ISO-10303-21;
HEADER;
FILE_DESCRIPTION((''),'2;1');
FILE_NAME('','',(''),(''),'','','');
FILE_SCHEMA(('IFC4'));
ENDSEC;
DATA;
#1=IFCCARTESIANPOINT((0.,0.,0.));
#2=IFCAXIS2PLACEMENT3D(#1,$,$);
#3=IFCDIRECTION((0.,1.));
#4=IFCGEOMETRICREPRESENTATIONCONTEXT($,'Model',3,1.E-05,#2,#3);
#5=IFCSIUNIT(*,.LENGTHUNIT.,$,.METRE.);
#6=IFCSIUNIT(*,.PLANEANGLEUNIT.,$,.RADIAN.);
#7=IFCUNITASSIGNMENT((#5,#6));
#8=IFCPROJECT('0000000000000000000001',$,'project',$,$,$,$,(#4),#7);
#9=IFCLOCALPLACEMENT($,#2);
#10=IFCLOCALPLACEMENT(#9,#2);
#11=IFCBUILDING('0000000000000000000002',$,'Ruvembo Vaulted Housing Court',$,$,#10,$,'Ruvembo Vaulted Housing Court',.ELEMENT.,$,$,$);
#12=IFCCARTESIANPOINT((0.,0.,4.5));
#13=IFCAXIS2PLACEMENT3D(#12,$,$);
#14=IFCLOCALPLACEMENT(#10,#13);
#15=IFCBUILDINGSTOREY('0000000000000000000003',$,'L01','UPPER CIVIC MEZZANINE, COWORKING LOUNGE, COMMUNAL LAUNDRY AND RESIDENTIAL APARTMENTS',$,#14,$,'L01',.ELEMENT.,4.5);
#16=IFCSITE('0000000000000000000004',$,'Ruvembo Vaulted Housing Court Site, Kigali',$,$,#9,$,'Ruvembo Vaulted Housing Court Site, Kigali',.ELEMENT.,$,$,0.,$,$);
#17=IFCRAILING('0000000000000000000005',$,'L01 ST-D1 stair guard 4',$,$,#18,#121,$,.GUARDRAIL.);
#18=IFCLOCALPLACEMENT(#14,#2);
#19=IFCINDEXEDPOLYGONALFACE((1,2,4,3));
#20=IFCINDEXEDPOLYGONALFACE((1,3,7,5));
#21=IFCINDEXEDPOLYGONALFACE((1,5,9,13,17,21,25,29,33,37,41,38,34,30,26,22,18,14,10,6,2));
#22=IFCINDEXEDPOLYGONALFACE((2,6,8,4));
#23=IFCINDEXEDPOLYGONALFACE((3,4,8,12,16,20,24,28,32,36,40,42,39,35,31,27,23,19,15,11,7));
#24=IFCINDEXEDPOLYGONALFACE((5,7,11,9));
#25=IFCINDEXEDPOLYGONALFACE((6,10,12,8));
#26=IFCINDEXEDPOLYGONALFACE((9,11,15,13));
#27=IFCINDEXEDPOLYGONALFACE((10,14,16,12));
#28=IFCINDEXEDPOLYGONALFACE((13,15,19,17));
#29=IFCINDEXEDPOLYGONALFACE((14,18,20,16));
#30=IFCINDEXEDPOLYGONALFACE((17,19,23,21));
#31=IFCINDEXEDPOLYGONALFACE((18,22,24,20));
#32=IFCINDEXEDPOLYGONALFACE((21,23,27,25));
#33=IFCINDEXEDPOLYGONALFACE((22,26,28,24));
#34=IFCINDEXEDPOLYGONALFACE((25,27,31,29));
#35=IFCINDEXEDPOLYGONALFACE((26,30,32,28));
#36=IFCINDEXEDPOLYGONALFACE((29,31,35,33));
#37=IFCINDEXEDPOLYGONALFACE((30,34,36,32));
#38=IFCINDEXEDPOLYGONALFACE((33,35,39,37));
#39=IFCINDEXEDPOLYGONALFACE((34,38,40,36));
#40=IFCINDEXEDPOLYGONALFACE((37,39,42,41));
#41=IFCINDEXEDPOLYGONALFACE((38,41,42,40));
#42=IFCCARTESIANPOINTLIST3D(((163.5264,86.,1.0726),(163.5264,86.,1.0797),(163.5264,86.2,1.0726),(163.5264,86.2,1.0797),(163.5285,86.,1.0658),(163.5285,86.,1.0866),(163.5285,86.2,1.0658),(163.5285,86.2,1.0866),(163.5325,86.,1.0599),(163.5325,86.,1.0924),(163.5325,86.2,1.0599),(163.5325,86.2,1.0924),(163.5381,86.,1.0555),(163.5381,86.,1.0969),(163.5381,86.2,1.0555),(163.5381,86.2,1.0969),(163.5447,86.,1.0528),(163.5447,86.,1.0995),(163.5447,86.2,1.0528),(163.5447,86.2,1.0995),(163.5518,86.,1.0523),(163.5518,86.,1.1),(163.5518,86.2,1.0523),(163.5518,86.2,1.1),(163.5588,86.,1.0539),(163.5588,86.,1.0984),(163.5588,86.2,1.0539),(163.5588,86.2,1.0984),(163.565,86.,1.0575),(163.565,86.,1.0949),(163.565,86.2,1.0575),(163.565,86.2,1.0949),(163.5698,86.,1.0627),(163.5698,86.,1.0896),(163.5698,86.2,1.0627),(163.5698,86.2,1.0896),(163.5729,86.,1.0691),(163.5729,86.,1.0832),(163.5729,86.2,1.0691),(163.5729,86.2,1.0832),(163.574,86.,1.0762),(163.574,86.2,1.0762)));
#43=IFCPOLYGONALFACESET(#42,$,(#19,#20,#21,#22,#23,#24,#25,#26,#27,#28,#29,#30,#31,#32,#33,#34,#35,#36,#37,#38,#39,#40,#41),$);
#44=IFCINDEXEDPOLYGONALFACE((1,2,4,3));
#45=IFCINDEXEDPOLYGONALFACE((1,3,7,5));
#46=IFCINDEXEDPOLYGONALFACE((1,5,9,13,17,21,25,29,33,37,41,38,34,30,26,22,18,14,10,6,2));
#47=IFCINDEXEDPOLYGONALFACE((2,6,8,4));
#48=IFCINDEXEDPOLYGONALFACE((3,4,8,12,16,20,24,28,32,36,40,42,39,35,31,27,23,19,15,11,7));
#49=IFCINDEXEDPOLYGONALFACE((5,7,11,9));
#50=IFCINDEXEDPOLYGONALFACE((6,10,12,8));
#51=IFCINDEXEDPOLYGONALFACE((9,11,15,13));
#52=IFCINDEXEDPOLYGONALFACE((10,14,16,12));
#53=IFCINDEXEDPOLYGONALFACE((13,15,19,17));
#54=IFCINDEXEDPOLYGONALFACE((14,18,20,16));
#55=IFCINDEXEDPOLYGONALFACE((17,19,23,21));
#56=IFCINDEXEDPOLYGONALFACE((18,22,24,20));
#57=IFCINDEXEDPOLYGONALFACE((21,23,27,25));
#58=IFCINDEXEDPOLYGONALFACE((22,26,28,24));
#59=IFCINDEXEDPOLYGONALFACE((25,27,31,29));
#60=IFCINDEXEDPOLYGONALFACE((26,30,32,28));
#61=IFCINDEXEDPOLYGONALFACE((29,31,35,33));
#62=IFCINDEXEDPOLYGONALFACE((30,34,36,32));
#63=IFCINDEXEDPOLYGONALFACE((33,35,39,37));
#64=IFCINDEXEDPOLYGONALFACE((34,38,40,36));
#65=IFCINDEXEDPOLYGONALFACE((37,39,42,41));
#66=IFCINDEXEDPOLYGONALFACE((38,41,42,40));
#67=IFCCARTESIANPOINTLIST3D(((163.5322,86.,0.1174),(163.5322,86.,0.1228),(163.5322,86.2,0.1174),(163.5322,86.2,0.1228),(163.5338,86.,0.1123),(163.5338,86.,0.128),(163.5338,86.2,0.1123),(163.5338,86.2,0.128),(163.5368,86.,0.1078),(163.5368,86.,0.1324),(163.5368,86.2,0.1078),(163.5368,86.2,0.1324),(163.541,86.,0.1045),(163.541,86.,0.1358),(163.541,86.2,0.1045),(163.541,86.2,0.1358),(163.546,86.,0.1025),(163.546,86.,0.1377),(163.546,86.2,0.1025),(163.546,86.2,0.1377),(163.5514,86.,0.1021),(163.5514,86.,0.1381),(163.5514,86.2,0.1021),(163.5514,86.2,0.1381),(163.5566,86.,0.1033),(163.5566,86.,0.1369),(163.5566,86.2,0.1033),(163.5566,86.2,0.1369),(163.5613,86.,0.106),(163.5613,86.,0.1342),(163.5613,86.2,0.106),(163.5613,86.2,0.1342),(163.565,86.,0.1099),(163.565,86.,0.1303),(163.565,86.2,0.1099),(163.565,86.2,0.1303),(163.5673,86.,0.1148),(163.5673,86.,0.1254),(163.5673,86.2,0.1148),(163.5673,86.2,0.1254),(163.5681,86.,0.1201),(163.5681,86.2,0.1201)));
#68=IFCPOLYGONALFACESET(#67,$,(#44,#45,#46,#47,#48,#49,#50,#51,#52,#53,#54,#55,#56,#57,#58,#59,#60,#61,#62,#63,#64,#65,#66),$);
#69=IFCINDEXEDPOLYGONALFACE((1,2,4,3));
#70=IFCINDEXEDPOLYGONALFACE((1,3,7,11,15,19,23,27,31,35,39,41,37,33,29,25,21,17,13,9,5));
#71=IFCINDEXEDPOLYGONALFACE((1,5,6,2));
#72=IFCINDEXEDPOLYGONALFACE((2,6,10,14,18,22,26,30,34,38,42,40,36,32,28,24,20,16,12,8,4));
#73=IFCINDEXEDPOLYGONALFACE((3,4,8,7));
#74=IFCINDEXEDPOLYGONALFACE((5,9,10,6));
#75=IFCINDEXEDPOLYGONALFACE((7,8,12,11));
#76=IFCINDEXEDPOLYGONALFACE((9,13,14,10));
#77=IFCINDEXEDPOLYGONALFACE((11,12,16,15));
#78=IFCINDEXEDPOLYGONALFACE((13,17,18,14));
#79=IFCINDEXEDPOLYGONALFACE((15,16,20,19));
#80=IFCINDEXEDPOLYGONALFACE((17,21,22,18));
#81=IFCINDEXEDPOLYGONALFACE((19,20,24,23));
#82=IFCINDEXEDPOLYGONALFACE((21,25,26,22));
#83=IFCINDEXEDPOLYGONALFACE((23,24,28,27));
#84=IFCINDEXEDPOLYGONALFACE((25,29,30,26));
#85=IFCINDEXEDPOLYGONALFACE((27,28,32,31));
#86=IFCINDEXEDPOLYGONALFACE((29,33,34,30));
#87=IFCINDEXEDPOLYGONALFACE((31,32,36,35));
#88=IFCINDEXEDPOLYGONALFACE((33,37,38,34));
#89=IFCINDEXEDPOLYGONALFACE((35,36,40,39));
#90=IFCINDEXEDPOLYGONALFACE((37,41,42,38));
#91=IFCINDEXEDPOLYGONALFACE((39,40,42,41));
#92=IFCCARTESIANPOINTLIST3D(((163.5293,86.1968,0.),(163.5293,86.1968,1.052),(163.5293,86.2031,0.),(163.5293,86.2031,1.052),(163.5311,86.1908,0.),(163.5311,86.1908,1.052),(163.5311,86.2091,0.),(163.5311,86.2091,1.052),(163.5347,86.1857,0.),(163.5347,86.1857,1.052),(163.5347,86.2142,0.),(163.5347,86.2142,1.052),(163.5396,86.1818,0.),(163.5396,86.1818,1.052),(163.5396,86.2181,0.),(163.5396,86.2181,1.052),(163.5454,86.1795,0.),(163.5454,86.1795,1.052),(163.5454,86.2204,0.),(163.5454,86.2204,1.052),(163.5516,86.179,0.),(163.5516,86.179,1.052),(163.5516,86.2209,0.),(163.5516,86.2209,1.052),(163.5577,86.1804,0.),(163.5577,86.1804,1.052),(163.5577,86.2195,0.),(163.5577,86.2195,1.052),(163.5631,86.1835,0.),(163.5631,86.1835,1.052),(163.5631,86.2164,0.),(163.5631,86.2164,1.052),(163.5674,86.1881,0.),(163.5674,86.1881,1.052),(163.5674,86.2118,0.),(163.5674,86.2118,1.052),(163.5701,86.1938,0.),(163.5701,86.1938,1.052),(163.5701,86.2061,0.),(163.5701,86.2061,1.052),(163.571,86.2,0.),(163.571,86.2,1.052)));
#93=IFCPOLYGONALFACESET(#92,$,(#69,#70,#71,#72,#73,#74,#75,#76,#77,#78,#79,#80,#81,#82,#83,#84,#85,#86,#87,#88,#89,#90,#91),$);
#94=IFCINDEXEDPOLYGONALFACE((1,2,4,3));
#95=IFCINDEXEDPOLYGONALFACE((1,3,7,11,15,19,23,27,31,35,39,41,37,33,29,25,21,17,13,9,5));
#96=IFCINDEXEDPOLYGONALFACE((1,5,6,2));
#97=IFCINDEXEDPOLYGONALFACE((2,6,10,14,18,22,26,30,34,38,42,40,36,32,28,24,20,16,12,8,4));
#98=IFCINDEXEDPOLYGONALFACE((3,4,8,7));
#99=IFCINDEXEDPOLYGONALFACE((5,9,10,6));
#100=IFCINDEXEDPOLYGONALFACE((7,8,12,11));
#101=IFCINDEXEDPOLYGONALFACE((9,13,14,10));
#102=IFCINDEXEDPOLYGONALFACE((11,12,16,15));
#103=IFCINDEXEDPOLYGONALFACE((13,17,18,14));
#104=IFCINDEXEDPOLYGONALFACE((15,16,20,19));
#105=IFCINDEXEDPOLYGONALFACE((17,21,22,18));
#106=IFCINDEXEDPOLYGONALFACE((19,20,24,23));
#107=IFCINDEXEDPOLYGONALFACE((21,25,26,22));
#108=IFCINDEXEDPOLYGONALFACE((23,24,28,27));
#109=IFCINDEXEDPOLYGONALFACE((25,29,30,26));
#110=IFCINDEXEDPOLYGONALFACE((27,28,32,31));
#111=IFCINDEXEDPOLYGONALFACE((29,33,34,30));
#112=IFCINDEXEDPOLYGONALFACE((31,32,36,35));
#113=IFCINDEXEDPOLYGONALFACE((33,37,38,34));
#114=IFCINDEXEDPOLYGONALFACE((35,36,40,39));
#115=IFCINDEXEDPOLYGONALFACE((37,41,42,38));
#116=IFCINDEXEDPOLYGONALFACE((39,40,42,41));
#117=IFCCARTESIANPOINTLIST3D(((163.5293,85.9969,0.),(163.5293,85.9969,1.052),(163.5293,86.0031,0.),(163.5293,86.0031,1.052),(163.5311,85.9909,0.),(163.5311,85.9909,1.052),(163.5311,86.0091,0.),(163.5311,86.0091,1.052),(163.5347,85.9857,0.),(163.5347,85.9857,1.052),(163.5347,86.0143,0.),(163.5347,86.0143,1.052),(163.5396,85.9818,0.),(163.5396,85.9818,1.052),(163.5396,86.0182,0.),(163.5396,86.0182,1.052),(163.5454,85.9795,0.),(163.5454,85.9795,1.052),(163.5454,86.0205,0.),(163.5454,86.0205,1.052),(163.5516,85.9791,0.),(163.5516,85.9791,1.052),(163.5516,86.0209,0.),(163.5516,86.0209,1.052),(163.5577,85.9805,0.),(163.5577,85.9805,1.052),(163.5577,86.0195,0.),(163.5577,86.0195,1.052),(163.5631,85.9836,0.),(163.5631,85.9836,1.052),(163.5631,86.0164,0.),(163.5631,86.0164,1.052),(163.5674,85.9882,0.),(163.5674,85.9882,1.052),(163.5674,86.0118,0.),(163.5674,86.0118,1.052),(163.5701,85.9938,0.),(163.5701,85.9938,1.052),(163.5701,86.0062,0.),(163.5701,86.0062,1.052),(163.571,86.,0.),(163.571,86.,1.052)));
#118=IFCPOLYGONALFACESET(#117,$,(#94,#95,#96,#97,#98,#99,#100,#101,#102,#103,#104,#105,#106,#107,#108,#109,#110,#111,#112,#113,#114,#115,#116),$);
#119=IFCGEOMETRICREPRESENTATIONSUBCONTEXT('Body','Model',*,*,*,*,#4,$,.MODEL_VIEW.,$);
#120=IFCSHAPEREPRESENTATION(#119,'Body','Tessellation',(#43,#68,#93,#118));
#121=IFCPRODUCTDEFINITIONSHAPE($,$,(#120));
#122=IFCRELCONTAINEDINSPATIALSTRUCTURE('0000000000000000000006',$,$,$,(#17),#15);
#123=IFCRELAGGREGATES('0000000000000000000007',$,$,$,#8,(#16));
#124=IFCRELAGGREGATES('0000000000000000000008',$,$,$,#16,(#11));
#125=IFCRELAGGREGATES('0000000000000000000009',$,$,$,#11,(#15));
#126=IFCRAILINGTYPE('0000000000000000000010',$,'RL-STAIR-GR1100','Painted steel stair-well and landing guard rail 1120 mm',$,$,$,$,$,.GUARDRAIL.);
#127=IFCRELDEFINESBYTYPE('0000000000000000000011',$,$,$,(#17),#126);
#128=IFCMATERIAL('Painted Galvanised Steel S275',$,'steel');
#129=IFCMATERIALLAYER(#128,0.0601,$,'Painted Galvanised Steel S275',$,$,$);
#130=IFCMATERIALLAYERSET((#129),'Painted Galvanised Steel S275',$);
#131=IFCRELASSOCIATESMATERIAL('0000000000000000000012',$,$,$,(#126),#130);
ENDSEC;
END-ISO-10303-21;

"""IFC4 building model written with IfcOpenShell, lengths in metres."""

from ifc_helpers import new_model, si_unit, direction, frame, origin, origin_2d, place, context, subcontext, project, spatial, circle, extrude, material, layer, layer_set, type_object, element, save


model = new_model("IFC4")

# Units and contexts
model_context = context("Model", 3, precision=1e-05, world=origin(), true_north=direction((0.0, 1.0)))
body_context = subcontext(model_context, "Body", "Model", "MODEL_VIEW")
ifc_project = project(units=[si_unit("LENGTHUNIT", "METRE"), si_unit("PLANEANGLEUNIT", "RADIAN")], contexts=[model_context])

# Site, building, storey
site_placement = place(None, origin())
site = spatial("IfcSite", under=ifc_project, at=site_placement, Name="Ruvembo Vaulted Housing Court Site, Kigali", LongName="Ruvembo Vaulted Housing Court Site, Kigali", CompositionType="ELEMENT", RefElevation=0.0)
building_placement = place(site_placement, origin())
building = spatial("IfcBuilding", under=site, at=building_placement, Name="Ruvembo Vaulted Housing Court", LongName="Ruvembo Vaulted Housing Court", CompositionType="ELEMENT")
storey_placement = place(building_placement, frame((0.0, 0.0, 4.5)))
storey = spatial("IfcBuildingStorey", under=building, at=storey_placement, Name="L01", Description="UPPER CIVIC MEZZANINE, COWORKING LOUNGE, COMMUNAL LAUNDRY AND RESIDENTIAL APARTMENTS", LongName="L01", CompositionType="ELEMENT", Elevation=4.5)

# Railing
ifc_material_1 = material(Name="Painted Galvanised Steel S275", Category="steel")
ifc_layer_1 = layer(ifc_material_1, 0.0601, Name="Painted Galvanised Steel S275")
ifc_layer_set_1 = layer_set([ifc_layer_1], Name="Painted Galvanised Steel S275")
railing_type_1 = type_object("IfcRailingType", Name="RL-STAIR-GR1100", Description="Painted steel stair-well and landing guard rail 1120 mm", PredefinedType="GUARDRAIL", material=ifc_layer_set_1)
railing_1_placement = place(storey_placement, frame((163.55, 86.2, 0.0)))
element("IfcRailing", 1, at=railing_1_placement, inside=storey, type_object=railing_type_1, Name="L01 ST-D1 stair guard 4", PredefinedType="GUARDRAIL", context=body_context, shape_type="SweptSolid", body=[
    extrude(circle(Radius=0.0239, at=origin_2d()), frame((0.0, 0.0, 1.0762), z_axis=(0.0, -1.0, 0.0), x_axis=(1.0, 0.0, 0.0)), (0.0, 0.0, 1.0), 0.2),
    extrude(circle(Radius=0.0181, at=origin_2d()), frame((0.0, 0.0, 0.1201), z_axis=(0.0, -1.0, 0.0), x_axis=(1.0, 0.0, 0.0)), (0.0, 0.0, 1.0), 0.2),
    extrude(circle(Radius=0.021, at=origin_2d()), origin(), (0.0, 0.0, 1.0), 1.052),
    extrude(circle(Radius=0.021, at=origin_2d()), frame((0.0, -0.2, 0.0)), (0.0, 0.0, 1.0), 1.052),
])

save(model, "model.ifc")
